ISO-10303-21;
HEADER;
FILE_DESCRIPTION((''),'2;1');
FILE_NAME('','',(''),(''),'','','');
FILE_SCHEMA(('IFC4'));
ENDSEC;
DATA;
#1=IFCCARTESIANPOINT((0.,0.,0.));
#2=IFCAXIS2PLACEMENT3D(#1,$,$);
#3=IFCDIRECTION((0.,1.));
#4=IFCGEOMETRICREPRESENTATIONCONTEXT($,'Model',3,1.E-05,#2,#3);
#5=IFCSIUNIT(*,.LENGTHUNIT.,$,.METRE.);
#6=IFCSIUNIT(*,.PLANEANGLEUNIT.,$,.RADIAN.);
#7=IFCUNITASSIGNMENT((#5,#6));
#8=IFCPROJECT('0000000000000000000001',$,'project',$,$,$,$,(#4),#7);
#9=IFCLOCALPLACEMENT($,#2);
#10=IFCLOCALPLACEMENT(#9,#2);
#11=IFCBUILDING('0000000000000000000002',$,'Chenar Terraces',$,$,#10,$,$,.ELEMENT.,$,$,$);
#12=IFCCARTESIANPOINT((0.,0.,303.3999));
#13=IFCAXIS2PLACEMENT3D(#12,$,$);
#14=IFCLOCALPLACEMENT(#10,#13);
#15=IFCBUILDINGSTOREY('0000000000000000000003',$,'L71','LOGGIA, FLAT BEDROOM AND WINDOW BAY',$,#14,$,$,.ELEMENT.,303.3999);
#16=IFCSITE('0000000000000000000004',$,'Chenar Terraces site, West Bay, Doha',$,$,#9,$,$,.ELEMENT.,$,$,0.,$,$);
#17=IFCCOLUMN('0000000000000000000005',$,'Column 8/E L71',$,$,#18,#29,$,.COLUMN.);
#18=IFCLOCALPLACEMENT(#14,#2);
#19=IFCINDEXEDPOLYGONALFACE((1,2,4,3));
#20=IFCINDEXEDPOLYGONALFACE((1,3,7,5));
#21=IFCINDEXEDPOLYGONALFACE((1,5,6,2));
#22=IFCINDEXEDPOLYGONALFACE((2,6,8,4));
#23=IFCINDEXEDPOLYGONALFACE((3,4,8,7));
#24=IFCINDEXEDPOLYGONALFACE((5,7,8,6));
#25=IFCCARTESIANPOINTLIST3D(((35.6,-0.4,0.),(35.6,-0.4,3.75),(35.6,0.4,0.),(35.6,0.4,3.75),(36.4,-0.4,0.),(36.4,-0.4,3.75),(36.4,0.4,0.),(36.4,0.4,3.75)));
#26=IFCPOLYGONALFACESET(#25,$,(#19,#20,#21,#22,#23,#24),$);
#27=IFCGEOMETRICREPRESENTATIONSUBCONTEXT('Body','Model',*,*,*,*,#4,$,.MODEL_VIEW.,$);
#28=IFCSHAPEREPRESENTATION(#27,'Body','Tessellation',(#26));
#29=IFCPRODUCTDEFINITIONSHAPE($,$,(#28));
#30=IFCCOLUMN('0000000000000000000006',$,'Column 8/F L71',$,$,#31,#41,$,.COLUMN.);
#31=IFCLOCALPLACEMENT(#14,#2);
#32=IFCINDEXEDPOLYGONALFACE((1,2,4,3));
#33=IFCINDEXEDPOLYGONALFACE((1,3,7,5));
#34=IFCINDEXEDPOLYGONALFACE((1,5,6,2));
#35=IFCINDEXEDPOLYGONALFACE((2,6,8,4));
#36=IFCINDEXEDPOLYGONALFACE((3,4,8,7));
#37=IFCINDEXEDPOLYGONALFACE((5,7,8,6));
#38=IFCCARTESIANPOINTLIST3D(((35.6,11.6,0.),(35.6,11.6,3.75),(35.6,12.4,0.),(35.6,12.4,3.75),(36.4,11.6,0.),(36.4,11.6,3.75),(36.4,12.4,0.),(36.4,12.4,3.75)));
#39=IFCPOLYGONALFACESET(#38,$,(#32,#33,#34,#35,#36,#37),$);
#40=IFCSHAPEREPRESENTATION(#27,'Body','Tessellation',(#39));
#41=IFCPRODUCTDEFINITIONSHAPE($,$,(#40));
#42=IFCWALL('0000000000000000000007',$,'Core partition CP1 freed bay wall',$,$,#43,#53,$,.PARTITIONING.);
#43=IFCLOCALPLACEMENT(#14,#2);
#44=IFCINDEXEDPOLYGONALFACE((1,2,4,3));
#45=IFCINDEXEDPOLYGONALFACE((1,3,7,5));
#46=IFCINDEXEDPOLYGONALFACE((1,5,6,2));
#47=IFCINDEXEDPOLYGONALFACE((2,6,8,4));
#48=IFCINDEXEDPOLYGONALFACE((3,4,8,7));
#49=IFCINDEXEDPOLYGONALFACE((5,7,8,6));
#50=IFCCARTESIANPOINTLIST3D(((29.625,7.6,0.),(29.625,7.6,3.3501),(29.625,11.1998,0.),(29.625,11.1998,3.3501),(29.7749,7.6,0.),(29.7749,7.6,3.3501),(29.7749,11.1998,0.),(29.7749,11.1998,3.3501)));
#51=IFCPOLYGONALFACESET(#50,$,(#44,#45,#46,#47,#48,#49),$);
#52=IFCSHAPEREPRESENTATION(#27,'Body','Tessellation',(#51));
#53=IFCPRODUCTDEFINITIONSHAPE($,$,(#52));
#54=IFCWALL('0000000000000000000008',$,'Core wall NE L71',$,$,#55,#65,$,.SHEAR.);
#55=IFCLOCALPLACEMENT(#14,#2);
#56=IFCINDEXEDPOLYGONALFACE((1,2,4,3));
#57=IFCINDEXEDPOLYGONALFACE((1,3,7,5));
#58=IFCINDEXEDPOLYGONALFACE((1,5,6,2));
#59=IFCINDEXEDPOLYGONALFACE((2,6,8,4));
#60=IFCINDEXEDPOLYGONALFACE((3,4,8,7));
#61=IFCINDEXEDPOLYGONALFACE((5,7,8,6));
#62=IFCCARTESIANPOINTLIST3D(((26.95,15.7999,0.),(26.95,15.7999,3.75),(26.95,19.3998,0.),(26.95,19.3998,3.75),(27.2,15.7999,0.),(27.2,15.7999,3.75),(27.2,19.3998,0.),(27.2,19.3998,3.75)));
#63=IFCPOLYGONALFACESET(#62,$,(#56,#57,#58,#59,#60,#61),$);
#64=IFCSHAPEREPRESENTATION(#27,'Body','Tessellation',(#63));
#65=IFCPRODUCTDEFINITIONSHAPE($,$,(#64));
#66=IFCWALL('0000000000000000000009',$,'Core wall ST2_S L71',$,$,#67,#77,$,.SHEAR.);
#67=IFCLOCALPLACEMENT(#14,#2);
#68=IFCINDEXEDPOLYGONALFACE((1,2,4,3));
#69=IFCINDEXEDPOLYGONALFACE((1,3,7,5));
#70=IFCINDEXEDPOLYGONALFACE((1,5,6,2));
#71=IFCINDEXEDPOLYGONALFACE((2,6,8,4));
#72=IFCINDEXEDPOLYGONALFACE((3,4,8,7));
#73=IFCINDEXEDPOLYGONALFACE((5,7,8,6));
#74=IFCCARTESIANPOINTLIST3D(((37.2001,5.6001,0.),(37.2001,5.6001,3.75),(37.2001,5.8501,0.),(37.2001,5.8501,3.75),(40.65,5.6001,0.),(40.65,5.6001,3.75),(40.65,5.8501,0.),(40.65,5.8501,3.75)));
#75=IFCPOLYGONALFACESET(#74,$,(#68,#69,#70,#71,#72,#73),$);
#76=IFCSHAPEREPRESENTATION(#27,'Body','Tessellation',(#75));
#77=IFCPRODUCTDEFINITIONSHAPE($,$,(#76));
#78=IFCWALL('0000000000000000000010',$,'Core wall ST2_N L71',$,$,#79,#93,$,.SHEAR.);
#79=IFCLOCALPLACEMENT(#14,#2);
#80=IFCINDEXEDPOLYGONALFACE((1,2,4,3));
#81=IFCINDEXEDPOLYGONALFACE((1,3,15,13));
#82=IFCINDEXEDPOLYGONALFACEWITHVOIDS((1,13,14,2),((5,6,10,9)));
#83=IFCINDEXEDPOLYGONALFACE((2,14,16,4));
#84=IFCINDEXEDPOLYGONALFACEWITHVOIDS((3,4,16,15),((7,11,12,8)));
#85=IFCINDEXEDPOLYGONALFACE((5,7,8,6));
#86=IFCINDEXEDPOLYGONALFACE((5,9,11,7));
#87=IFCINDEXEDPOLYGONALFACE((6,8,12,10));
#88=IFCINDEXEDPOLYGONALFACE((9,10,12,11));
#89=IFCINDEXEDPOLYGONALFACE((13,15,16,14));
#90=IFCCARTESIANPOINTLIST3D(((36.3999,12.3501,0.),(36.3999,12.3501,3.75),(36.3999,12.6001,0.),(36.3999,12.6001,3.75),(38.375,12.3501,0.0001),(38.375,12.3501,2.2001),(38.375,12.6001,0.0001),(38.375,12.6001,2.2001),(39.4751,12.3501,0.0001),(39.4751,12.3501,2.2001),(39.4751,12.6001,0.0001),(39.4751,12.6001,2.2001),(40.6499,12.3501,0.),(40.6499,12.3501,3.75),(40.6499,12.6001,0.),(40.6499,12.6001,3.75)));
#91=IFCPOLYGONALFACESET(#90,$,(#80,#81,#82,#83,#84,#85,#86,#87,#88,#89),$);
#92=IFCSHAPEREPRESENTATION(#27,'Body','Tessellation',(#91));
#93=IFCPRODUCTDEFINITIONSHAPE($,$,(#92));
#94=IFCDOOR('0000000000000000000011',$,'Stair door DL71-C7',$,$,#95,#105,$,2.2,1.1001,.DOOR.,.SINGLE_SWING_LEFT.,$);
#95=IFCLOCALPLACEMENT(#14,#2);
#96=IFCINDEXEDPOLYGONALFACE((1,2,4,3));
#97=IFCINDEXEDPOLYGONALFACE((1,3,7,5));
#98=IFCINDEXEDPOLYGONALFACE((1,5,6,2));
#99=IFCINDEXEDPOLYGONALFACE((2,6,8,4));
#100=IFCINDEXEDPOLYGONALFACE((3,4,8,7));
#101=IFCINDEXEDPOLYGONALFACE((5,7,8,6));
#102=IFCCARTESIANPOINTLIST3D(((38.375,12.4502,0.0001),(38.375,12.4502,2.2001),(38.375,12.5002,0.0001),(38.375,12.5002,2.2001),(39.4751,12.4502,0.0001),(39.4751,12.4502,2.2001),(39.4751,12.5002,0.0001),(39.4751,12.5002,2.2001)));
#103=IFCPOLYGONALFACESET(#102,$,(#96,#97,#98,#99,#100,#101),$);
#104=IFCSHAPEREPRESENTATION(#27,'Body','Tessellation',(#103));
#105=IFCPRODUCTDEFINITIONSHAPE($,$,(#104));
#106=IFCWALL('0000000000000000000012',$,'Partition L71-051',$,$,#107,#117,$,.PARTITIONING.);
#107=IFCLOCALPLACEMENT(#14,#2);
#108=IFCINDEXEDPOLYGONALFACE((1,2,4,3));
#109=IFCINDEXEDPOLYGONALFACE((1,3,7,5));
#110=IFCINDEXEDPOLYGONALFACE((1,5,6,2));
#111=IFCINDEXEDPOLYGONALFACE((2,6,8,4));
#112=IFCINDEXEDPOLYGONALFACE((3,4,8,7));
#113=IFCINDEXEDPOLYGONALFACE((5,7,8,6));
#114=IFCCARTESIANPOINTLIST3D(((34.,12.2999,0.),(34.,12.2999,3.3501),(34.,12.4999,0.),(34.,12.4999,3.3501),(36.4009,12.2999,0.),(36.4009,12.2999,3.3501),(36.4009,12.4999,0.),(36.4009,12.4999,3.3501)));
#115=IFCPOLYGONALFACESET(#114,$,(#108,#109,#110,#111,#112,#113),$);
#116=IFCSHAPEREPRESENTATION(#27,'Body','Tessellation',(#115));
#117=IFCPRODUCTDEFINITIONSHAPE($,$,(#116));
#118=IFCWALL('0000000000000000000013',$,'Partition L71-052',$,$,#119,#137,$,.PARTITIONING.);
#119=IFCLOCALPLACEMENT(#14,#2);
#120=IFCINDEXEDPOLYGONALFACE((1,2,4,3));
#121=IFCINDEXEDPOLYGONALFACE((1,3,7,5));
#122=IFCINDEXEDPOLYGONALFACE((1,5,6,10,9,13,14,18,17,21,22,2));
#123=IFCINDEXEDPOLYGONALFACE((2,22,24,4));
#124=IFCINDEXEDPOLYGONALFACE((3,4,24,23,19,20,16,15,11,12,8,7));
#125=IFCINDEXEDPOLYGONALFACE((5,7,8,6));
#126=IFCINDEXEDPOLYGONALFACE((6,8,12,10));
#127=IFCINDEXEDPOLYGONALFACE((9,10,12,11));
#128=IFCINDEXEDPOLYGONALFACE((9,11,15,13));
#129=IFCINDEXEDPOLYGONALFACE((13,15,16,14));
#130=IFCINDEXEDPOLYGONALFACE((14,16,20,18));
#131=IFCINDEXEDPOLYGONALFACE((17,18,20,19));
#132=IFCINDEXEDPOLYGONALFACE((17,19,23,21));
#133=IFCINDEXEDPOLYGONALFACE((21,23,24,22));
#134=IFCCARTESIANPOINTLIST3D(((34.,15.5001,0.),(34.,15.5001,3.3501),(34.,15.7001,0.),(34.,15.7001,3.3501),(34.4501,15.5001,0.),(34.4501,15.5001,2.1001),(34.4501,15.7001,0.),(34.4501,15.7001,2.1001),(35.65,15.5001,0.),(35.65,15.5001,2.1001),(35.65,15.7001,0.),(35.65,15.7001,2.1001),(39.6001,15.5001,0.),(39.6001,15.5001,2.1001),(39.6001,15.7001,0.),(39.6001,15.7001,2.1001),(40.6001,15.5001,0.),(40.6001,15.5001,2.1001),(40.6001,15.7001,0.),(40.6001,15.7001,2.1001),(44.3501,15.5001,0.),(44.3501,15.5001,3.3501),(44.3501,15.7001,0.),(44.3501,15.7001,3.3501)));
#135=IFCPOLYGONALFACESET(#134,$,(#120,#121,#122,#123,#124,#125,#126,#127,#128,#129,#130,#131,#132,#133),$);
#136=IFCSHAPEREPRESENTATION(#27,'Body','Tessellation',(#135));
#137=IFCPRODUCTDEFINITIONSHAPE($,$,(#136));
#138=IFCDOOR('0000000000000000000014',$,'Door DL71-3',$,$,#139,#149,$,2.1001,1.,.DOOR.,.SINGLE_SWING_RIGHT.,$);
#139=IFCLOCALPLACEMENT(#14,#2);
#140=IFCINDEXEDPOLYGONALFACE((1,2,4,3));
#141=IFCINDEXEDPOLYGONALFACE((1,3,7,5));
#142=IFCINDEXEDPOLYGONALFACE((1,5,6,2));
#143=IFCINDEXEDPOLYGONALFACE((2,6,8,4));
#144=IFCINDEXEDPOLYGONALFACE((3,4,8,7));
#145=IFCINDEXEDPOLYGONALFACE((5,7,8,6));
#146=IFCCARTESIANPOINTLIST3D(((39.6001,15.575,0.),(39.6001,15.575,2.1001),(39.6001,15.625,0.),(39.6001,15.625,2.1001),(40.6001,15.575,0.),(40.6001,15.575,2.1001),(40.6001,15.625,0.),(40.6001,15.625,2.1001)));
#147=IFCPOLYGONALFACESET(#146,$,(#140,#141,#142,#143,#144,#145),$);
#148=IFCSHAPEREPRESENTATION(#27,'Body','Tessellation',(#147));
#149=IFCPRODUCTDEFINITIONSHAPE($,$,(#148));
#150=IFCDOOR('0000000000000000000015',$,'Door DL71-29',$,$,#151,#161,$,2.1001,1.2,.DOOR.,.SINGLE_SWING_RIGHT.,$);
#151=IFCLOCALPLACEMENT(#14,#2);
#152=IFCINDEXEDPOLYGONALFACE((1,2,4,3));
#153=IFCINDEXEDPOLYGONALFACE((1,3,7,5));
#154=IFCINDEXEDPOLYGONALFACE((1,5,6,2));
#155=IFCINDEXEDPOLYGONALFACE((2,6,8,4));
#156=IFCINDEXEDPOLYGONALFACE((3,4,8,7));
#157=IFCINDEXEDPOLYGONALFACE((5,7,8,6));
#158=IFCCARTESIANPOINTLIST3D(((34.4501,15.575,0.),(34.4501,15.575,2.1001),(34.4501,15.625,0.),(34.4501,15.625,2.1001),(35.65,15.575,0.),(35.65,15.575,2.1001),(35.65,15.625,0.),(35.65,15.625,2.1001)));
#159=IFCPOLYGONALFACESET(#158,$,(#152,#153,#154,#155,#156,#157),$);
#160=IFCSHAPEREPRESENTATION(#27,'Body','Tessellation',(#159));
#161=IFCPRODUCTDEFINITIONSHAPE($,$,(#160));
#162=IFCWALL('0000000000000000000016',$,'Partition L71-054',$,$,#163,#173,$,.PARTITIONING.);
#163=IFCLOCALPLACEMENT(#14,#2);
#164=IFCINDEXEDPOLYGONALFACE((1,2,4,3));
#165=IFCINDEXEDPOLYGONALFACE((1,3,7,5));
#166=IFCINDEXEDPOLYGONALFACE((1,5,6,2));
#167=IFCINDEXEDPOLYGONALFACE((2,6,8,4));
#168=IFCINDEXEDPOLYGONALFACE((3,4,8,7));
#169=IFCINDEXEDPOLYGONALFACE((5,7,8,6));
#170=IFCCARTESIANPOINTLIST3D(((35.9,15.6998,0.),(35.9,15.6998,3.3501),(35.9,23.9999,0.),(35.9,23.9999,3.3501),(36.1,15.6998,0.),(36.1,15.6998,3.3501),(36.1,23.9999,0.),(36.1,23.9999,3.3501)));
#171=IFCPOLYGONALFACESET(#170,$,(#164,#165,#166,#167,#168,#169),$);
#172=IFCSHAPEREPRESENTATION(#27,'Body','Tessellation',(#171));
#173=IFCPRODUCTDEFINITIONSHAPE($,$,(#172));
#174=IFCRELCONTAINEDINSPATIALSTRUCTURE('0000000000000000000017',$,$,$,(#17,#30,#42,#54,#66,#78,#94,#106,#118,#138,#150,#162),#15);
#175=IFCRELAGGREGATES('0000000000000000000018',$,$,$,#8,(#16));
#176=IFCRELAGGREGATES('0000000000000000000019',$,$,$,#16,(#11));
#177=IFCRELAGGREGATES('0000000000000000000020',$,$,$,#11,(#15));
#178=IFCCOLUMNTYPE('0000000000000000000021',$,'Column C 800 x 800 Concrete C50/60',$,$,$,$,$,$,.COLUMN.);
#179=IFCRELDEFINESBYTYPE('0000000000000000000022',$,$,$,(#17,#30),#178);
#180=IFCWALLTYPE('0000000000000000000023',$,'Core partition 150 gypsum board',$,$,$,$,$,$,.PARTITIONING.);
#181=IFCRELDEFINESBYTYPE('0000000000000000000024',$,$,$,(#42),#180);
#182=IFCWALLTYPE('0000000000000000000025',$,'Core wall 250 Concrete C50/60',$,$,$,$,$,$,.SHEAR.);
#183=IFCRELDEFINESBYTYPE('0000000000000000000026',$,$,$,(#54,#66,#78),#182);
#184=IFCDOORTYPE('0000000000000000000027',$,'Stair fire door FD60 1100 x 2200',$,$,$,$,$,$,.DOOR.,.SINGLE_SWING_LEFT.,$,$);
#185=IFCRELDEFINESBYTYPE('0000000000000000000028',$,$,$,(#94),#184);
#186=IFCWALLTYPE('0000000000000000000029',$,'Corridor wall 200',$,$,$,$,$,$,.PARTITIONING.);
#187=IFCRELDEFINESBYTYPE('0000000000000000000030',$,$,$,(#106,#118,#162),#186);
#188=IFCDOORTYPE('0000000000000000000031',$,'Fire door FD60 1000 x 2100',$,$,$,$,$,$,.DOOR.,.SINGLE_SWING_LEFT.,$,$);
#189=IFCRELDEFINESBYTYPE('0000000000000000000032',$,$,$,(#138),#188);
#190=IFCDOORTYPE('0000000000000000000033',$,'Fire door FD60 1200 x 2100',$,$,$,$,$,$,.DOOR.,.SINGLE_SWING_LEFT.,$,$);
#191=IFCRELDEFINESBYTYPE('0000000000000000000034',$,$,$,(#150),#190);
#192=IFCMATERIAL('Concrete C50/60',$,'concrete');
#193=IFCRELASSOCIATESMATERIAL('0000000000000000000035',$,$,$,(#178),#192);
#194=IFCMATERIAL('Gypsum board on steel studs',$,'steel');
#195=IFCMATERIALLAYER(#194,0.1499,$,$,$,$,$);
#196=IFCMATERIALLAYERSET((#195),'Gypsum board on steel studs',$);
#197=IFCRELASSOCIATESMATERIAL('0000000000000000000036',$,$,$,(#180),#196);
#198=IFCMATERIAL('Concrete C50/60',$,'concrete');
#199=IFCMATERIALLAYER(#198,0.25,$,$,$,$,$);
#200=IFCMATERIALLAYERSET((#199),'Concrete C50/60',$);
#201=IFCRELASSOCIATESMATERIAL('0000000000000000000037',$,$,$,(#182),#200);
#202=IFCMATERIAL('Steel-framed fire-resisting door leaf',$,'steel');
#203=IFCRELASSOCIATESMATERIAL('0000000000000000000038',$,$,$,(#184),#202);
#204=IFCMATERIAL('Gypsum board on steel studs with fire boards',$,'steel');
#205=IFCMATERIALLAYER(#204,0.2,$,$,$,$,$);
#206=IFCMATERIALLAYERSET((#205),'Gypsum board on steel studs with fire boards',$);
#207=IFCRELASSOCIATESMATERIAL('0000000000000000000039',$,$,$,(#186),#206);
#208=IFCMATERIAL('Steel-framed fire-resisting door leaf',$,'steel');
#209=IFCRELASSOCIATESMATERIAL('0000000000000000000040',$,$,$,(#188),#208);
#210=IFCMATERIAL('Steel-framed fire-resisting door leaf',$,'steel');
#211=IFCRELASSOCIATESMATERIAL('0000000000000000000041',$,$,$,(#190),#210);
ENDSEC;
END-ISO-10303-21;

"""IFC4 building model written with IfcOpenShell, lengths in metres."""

from ifc_helpers import new_model, si_unit, direction, frame, frame_2d, origin, origin_2d, place, context, subcontext, project, spatial, rectangle, extrude, material, layer, layer_set, material_profile, profile_set, type_object, element, fill, save


model = new_model("IFC4")

# Units and contexts
model_context = context("Model", 3, precision=1e-05, world=origin(), true_north=direction((0.0, 1.0)))
body_context = subcontext(model_context, "Body", "Model", "MODEL_VIEW")
ifc_project = project(units=[si_unit("LENGTHUNIT", "METRE"), si_unit("PLANEANGLEUNIT", "RADIAN")], contexts=[model_context])

# Site, building, storey
site_placement = place(None, origin())
site = spatial("IfcSite", under=ifc_project, at=site_placement, Name="Chenar Terraces site, West Bay, Doha", CompositionType="ELEMENT", RefElevation=0.0)
building_placement = place(site_placement, origin())
building = spatial("IfcBuilding", under=site, at=building_placement, Name="Chenar Terraces", CompositionType="ELEMENT")
storey_placement = place(building_placement, frame((0.0, 0.0, 303.3999)))
storey = spatial("IfcBuildingStorey", under=building, at=storey_placement, Name="L71", Description="LOGGIA, FLAT BEDROOM AND WINDOW BAY", CompositionType="ELEMENT", Elevation=303.3999)

# Columns
ifc_material_1 = material(Name="Concrete C50/60", Category="concrete")
ifc_material_profile_1 = material_profile(ifc_material_1, rectangle(XDim=0.8, YDim=0.8, at=origin_2d()), Name="C 800 x 800")
ifc_profile_set_1 = profile_set([ifc_material_profile_1], Name="Concrete C50/60")
column_type = type_object("IfcColumnType", Name="Column C 800 x 800 Concrete C50/60", PredefinedType="COLUMN", material=ifc_profile_set_1)
for number, where, z_axis, x_axis, name in (
    (1, (36.0, 0.0, 0.0), (0.0, 0.0, 1.0), (1.0, 0.0, 0.0), "Column 8/E L71"),
    (2, (36.0, 12.0, 0.0), (0.0, 0.0, 1.0), (1.0, 0.0, 0.0), "Column 8/F L71"),
):
    element("IfcColumn", number, at=place(storey_placement, frame(where, z_axis=z_axis, x_axis=x_axis)), inside=storey, type_object=column_type, Name=name, PredefinedType="COLUMN", context=body_context, shape_type="SweptSolid", body=[
        extrude(rectangle(XDim=0.8, YDim=0.8, at=origin_2d()), origin(), (0.0, 0.0, 1.0), 3.75),
    ])

# Walls
ifc_material_2 = material(Name="Gypsum board on steel studs", Category="steel")
ifc_layer_1 = layer(ifc_material_2, 0.1499)
ifc_layer_set_1 = layer_set([ifc_layer_1], Name="Gypsum board on steel studs")
wall_type_1 = type_object("IfcWallType", Name="Core partition 150 gypsum board", PredefinedType="PARTITIONING", material=ifc_layer_set_1)
wall_1_placement = place(storey_placement, frame((29.7, 7.6001, 0.0), z_axis=(0.0, 0.0, 1.0), x_axis=(0.0, 1.0, 0.0)))
element("IfcWall", 3, at=wall_1_placement, inside=storey, type_object=wall_type_1, Name="Core partition CP1 freed bay wall", PredefinedType="PARTITIONING", context=body_context, shape_type="SweptSolid", body=[
    extrude(rectangle(XDim=3.5999, YDim=0.1499, at=frame_2d((1.7998, 0.0))), origin(), (0.0, 0.0, 1.0), 3.3501),
])
ifc_material_3 = material(Name="Concrete C50/60", Category="concrete")
ifc_layer_2 = layer(ifc_material_3, 0.25)
ifc_layer_set_2 = layer_set([ifc_layer_2], Name="Concrete C50/60")
wall_type_2 = type_object("IfcWallType", Name="Core wall 250 Concrete C50/60", PredefinedType="SHEAR", material=ifc_layer_set_2)
wall_2_placement = place(storey_placement, frame((27.075, 15.8, 0.0), z_axis=(0.0, 0.0, 1.0), x_axis=(0.0, 1.0, 0.0)))
element("IfcWall", 4, at=wall_2_placement, inside=storey, type_object=wall_type_2, Name="Core wall NE L71", PredefinedType="SHEAR", context=body_context, shape_type="SweptSolid", body=[
    extrude(rectangle(XDim=3.5999, YDim=0.25, at=frame_2d((1.7998, 0.0))), origin(), (0.0, 0.0, 1.0), 3.75),
])
wall_3_placement = place(storey_placement, frame((37.2, 5.7251, 0.0), z_axis=(0.0, 0.0, 1.0), x_axis=(1.0, 0.0, 0.0)))
element("IfcWall", 5, at=wall_3_placement, inside=storey, type_object=wall_type_2, Name="Core wall ST2_S L71", PredefinedType="SHEAR", context=body_context, shape_type="SweptSolid", body=[
    extrude(rectangle(XDim=3.45, YDim=0.25, at=frame_2d((1.7251, 0.0))), origin(), (0.0, 0.0, 1.0), 3.75),
])

# Wall, opening, door
wall_4_placement = place(storey_placement, frame((36.3999, 12.4751, 0.0), z_axis=(0.0, 0.0, 1.0), x_axis=(1.0, 0.0, 0.0)))
wall_4 = element("IfcWall", 6, at=wall_4_placement, inside=storey, type_object=wall_type_2, Name="Core wall ST2_N L71", PredefinedType="SHEAR", context=body_context, shape_type="SweptSolid", body=[
    extrude(rectangle(XDim=4.25, YDim=0.25, at=frame_2d((2.125, 0.0))), origin(), (0.0, 0.0, 1.0), 3.75),
])
opening_1_placement = place(wall_4_placement, frame((1.9751, 0.0, 0.0)))
opening_1 = element("IfcOpeningElement", 7, at=opening_1_placement, cuts=wall_4, PredefinedType="OPENING", context=body_context, shape_type="SweptSolid", body=[
    extrude(rectangle(XDim=1.1001, YDim=2.2, at=frame_2d((0.55, 1.1001))), frame((0.0, 0.135, 0.0), z_axis=(0.0, -1.0, 0.0), x_axis=(1.0, 0.0, 0.0)), (0.0, 0.0, 1.0), 0.27),
])
ifc_material_4 = material(Name="Steel-framed fire-resisting door leaf", Category="steel")
door_type_1 = type_object("IfcDoorType", Name="Stair fire door FD60 1100 x 2200", OperationType="SINGLE_SWING_LEFT", PredefinedType="DOOR", material=ifc_material_4)
door_1_placement = place(opening_1_placement, frame((1.1001, 0.0, 0.0), z_axis=(0.0, 0.0, 1.0), x_axis=(-1.0, 0.0, 0.0)))
door_1 = element("IfcDoor", 8, at=door_1_placement, inside=storey, type_object=door_type_1, Name="Stair door DL71-C7", OperationType="SINGLE_SWING_LEFT", OverallHeight=2.2, OverallWidth=1.1001, PredefinedType="DOOR", context=body_context, shape_type="SweptSolid", body=[
    extrude(rectangle(XDim=1.1001, YDim=2.2, at=frame_2d((0.55, 1.1001))), frame((0.0, 0.0249, 0.0), z_axis=(0.0, -1.0, 0.0), x_axis=(1.0, 0.0, 0.0)), (0.0, 0.0, 1.0), 0.05),
])
fill(opening_1, door_1)

# Wall
ifc_material_5 = material(Name="Gypsum board on steel studs with fire boards", Category="steel")
ifc_layer_3 = layer(ifc_material_5, 0.2)
ifc_layer_set_3 = layer_set([ifc_layer_3], Name="Gypsum board on steel studs with fire boards")
wall_type_3 = type_object("IfcWallType", Name="Corridor wall 200", PredefinedType="PARTITIONING", material=ifc_layer_set_3)
wall_5_placement = place(storey_placement, frame((34.0, 12.3999, 0.0), z_axis=(0.0, 0.0, 1.0), x_axis=(1.0, 0.0, 0.0)))
element("IfcWall", 9, at=wall_5_placement, inside=storey, type_object=wall_type_3, Name="Partition L71-051", PredefinedType="PARTITIONING", context=body_context, shape_type="SweptSolid", body=[
    extrude(rectangle(XDim=2.4009, YDim=0.2, at=frame_2d((1.2004, 0.0))), origin(), (0.0, 0.0, 1.0), 3.3501),
])

# Wall, openings, doors
wall_6_placement = place(storey_placement, frame((34.0, 15.6001, 0.0), z_axis=(0.0, 0.0, 1.0), x_axis=(1.0, 0.0, 0.0)))
wall_6 = element("IfcWall", 10, at=wall_6_placement, inside=storey, type_object=wall_type_3, Name="Partition L71-052", PredefinedType="PARTITIONING", context=body_context, shape_type="SweptSolid", body=[
    extrude(rectangle(XDim=10.3501, YDim=0.2, at=frame_2d((5.175, 0.0))), origin(), (0.0, 0.0, 1.0), 3.3501),
])
opening_2_placement = place(wall_6_placement, frame((5.6001, 0.0, 0.0)))
opening_2 = element("IfcOpeningElement", 11, at=opening_2_placement, cuts=wall_6, PredefinedType="OPENING", context=body_context, shape_type="SweptSolid", body=[
    extrude(rectangle(XDim=1.0, YDim=2.1001, at=frame_2d((0.5, 1.05))), frame((0.0, 0.1099, 0.0), z_axis=(0.0, -1.0, 0.0), x_axis=(1.0, 0.0, 0.0)), (0.0, 0.0, 1.0), 0.22),
])
opening_3_placement = place(wall_6_placement, frame((0.45, 0.0, 0.0)))
opening_3 = element("IfcOpeningElement", 12, at=opening_3_placement, cuts=wall_6, PredefinedType="OPENING", context=body_context, shape_type="SweptSolid", body=[
    extrude(rectangle(XDim=1.2, YDim=2.1001, at=frame_2d((0.6001, 1.05))), frame((0.0, 0.1099, 0.0), z_axis=(0.0, -1.0, 0.0), x_axis=(1.0, 0.0, 0.0)), (0.0, 0.0, 1.0), 0.22),
])
ifc_material_6 = material(Name="Steel-framed fire-resisting door leaf", Category="steel")
door_type_2 = type_object("IfcDoorType", Name="Fire door FD60 1000 x 2100", OperationType="SINGLE_SWING_LEFT", PredefinedType="DOOR", material=ifc_material_6)
door_2_placement = place(opening_2_placement, origin())
door_2 = element("IfcDoor", 13, at=door_2_placement, inside=storey, type_object=door_type_2, Name="Door DL71-3", OperationType="SINGLE_SWING_RIGHT", OverallHeight=2.1001, OverallWidth=1.0, PredefinedType="DOOR", context=body_context, shape_type="SweptSolid", body=[
    extrude(rectangle(XDim=1.0, YDim=2.1001, at=frame_2d((0.5, 1.05))), frame((0.0, 0.0249, 0.0), z_axis=(0.0, -1.0, 0.0), x_axis=(1.0, 0.0, 0.0)), (0.0, 0.0, 1.0), 0.05),
])
fill(opening_2, door_2)
ifc_material_7 = material(Name="Steel-framed fire-resisting door leaf", Category="steel")
door_type_3 = type_object("IfcDoorType", Name="Fire door FD60 1200 x 2100", OperationType="SINGLE_SWING_LEFT", PredefinedType="DOOR", material=ifc_material_7)
door_3_placement = place(opening_3_placement, origin())
door_3 = element("IfcDoor", 14, at=door_3_placement, inside=storey, type_object=door_type_3, Name="Door DL71-29", OperationType="SINGLE_SWING_RIGHT", OverallHeight=2.1001, OverallWidth=1.2, PredefinedType="DOOR", context=body_context, shape_type="SweptSolid", body=[
    extrude(rectangle(XDim=1.2, YDim=2.1001, at=frame_2d((0.6001, 1.05))), frame((0.0, 0.0249, 0.0), z_axis=(0.0, -1.0, 0.0), x_axis=(1.0, 0.0, 0.0)), (0.0, 0.0, 1.0), 0.05),
])
fill(opening_3, door_3)

# Wall
wall_7_placement = place(storey_placement, frame((36.0, 15.7, 0.0), z_axis=(0.0, 0.0, 1.0), x_axis=(0.0, 1.0, 0.0)))
element("IfcWall", 15, at=wall_7_placement, inside=storey, type_object=wall_type_3, Name="Partition L71-054", PredefinedType="PARTITIONING", context=body_context, shape_type="SweptSolid", body=[
    extrude(rectangle(XDim=8.3, YDim=0.2, at=frame_2d((4.1499, 0.0))), origin(), (0.0, 0.0, 1.0), 3.3501),
])

save(model, "model.ifc")
